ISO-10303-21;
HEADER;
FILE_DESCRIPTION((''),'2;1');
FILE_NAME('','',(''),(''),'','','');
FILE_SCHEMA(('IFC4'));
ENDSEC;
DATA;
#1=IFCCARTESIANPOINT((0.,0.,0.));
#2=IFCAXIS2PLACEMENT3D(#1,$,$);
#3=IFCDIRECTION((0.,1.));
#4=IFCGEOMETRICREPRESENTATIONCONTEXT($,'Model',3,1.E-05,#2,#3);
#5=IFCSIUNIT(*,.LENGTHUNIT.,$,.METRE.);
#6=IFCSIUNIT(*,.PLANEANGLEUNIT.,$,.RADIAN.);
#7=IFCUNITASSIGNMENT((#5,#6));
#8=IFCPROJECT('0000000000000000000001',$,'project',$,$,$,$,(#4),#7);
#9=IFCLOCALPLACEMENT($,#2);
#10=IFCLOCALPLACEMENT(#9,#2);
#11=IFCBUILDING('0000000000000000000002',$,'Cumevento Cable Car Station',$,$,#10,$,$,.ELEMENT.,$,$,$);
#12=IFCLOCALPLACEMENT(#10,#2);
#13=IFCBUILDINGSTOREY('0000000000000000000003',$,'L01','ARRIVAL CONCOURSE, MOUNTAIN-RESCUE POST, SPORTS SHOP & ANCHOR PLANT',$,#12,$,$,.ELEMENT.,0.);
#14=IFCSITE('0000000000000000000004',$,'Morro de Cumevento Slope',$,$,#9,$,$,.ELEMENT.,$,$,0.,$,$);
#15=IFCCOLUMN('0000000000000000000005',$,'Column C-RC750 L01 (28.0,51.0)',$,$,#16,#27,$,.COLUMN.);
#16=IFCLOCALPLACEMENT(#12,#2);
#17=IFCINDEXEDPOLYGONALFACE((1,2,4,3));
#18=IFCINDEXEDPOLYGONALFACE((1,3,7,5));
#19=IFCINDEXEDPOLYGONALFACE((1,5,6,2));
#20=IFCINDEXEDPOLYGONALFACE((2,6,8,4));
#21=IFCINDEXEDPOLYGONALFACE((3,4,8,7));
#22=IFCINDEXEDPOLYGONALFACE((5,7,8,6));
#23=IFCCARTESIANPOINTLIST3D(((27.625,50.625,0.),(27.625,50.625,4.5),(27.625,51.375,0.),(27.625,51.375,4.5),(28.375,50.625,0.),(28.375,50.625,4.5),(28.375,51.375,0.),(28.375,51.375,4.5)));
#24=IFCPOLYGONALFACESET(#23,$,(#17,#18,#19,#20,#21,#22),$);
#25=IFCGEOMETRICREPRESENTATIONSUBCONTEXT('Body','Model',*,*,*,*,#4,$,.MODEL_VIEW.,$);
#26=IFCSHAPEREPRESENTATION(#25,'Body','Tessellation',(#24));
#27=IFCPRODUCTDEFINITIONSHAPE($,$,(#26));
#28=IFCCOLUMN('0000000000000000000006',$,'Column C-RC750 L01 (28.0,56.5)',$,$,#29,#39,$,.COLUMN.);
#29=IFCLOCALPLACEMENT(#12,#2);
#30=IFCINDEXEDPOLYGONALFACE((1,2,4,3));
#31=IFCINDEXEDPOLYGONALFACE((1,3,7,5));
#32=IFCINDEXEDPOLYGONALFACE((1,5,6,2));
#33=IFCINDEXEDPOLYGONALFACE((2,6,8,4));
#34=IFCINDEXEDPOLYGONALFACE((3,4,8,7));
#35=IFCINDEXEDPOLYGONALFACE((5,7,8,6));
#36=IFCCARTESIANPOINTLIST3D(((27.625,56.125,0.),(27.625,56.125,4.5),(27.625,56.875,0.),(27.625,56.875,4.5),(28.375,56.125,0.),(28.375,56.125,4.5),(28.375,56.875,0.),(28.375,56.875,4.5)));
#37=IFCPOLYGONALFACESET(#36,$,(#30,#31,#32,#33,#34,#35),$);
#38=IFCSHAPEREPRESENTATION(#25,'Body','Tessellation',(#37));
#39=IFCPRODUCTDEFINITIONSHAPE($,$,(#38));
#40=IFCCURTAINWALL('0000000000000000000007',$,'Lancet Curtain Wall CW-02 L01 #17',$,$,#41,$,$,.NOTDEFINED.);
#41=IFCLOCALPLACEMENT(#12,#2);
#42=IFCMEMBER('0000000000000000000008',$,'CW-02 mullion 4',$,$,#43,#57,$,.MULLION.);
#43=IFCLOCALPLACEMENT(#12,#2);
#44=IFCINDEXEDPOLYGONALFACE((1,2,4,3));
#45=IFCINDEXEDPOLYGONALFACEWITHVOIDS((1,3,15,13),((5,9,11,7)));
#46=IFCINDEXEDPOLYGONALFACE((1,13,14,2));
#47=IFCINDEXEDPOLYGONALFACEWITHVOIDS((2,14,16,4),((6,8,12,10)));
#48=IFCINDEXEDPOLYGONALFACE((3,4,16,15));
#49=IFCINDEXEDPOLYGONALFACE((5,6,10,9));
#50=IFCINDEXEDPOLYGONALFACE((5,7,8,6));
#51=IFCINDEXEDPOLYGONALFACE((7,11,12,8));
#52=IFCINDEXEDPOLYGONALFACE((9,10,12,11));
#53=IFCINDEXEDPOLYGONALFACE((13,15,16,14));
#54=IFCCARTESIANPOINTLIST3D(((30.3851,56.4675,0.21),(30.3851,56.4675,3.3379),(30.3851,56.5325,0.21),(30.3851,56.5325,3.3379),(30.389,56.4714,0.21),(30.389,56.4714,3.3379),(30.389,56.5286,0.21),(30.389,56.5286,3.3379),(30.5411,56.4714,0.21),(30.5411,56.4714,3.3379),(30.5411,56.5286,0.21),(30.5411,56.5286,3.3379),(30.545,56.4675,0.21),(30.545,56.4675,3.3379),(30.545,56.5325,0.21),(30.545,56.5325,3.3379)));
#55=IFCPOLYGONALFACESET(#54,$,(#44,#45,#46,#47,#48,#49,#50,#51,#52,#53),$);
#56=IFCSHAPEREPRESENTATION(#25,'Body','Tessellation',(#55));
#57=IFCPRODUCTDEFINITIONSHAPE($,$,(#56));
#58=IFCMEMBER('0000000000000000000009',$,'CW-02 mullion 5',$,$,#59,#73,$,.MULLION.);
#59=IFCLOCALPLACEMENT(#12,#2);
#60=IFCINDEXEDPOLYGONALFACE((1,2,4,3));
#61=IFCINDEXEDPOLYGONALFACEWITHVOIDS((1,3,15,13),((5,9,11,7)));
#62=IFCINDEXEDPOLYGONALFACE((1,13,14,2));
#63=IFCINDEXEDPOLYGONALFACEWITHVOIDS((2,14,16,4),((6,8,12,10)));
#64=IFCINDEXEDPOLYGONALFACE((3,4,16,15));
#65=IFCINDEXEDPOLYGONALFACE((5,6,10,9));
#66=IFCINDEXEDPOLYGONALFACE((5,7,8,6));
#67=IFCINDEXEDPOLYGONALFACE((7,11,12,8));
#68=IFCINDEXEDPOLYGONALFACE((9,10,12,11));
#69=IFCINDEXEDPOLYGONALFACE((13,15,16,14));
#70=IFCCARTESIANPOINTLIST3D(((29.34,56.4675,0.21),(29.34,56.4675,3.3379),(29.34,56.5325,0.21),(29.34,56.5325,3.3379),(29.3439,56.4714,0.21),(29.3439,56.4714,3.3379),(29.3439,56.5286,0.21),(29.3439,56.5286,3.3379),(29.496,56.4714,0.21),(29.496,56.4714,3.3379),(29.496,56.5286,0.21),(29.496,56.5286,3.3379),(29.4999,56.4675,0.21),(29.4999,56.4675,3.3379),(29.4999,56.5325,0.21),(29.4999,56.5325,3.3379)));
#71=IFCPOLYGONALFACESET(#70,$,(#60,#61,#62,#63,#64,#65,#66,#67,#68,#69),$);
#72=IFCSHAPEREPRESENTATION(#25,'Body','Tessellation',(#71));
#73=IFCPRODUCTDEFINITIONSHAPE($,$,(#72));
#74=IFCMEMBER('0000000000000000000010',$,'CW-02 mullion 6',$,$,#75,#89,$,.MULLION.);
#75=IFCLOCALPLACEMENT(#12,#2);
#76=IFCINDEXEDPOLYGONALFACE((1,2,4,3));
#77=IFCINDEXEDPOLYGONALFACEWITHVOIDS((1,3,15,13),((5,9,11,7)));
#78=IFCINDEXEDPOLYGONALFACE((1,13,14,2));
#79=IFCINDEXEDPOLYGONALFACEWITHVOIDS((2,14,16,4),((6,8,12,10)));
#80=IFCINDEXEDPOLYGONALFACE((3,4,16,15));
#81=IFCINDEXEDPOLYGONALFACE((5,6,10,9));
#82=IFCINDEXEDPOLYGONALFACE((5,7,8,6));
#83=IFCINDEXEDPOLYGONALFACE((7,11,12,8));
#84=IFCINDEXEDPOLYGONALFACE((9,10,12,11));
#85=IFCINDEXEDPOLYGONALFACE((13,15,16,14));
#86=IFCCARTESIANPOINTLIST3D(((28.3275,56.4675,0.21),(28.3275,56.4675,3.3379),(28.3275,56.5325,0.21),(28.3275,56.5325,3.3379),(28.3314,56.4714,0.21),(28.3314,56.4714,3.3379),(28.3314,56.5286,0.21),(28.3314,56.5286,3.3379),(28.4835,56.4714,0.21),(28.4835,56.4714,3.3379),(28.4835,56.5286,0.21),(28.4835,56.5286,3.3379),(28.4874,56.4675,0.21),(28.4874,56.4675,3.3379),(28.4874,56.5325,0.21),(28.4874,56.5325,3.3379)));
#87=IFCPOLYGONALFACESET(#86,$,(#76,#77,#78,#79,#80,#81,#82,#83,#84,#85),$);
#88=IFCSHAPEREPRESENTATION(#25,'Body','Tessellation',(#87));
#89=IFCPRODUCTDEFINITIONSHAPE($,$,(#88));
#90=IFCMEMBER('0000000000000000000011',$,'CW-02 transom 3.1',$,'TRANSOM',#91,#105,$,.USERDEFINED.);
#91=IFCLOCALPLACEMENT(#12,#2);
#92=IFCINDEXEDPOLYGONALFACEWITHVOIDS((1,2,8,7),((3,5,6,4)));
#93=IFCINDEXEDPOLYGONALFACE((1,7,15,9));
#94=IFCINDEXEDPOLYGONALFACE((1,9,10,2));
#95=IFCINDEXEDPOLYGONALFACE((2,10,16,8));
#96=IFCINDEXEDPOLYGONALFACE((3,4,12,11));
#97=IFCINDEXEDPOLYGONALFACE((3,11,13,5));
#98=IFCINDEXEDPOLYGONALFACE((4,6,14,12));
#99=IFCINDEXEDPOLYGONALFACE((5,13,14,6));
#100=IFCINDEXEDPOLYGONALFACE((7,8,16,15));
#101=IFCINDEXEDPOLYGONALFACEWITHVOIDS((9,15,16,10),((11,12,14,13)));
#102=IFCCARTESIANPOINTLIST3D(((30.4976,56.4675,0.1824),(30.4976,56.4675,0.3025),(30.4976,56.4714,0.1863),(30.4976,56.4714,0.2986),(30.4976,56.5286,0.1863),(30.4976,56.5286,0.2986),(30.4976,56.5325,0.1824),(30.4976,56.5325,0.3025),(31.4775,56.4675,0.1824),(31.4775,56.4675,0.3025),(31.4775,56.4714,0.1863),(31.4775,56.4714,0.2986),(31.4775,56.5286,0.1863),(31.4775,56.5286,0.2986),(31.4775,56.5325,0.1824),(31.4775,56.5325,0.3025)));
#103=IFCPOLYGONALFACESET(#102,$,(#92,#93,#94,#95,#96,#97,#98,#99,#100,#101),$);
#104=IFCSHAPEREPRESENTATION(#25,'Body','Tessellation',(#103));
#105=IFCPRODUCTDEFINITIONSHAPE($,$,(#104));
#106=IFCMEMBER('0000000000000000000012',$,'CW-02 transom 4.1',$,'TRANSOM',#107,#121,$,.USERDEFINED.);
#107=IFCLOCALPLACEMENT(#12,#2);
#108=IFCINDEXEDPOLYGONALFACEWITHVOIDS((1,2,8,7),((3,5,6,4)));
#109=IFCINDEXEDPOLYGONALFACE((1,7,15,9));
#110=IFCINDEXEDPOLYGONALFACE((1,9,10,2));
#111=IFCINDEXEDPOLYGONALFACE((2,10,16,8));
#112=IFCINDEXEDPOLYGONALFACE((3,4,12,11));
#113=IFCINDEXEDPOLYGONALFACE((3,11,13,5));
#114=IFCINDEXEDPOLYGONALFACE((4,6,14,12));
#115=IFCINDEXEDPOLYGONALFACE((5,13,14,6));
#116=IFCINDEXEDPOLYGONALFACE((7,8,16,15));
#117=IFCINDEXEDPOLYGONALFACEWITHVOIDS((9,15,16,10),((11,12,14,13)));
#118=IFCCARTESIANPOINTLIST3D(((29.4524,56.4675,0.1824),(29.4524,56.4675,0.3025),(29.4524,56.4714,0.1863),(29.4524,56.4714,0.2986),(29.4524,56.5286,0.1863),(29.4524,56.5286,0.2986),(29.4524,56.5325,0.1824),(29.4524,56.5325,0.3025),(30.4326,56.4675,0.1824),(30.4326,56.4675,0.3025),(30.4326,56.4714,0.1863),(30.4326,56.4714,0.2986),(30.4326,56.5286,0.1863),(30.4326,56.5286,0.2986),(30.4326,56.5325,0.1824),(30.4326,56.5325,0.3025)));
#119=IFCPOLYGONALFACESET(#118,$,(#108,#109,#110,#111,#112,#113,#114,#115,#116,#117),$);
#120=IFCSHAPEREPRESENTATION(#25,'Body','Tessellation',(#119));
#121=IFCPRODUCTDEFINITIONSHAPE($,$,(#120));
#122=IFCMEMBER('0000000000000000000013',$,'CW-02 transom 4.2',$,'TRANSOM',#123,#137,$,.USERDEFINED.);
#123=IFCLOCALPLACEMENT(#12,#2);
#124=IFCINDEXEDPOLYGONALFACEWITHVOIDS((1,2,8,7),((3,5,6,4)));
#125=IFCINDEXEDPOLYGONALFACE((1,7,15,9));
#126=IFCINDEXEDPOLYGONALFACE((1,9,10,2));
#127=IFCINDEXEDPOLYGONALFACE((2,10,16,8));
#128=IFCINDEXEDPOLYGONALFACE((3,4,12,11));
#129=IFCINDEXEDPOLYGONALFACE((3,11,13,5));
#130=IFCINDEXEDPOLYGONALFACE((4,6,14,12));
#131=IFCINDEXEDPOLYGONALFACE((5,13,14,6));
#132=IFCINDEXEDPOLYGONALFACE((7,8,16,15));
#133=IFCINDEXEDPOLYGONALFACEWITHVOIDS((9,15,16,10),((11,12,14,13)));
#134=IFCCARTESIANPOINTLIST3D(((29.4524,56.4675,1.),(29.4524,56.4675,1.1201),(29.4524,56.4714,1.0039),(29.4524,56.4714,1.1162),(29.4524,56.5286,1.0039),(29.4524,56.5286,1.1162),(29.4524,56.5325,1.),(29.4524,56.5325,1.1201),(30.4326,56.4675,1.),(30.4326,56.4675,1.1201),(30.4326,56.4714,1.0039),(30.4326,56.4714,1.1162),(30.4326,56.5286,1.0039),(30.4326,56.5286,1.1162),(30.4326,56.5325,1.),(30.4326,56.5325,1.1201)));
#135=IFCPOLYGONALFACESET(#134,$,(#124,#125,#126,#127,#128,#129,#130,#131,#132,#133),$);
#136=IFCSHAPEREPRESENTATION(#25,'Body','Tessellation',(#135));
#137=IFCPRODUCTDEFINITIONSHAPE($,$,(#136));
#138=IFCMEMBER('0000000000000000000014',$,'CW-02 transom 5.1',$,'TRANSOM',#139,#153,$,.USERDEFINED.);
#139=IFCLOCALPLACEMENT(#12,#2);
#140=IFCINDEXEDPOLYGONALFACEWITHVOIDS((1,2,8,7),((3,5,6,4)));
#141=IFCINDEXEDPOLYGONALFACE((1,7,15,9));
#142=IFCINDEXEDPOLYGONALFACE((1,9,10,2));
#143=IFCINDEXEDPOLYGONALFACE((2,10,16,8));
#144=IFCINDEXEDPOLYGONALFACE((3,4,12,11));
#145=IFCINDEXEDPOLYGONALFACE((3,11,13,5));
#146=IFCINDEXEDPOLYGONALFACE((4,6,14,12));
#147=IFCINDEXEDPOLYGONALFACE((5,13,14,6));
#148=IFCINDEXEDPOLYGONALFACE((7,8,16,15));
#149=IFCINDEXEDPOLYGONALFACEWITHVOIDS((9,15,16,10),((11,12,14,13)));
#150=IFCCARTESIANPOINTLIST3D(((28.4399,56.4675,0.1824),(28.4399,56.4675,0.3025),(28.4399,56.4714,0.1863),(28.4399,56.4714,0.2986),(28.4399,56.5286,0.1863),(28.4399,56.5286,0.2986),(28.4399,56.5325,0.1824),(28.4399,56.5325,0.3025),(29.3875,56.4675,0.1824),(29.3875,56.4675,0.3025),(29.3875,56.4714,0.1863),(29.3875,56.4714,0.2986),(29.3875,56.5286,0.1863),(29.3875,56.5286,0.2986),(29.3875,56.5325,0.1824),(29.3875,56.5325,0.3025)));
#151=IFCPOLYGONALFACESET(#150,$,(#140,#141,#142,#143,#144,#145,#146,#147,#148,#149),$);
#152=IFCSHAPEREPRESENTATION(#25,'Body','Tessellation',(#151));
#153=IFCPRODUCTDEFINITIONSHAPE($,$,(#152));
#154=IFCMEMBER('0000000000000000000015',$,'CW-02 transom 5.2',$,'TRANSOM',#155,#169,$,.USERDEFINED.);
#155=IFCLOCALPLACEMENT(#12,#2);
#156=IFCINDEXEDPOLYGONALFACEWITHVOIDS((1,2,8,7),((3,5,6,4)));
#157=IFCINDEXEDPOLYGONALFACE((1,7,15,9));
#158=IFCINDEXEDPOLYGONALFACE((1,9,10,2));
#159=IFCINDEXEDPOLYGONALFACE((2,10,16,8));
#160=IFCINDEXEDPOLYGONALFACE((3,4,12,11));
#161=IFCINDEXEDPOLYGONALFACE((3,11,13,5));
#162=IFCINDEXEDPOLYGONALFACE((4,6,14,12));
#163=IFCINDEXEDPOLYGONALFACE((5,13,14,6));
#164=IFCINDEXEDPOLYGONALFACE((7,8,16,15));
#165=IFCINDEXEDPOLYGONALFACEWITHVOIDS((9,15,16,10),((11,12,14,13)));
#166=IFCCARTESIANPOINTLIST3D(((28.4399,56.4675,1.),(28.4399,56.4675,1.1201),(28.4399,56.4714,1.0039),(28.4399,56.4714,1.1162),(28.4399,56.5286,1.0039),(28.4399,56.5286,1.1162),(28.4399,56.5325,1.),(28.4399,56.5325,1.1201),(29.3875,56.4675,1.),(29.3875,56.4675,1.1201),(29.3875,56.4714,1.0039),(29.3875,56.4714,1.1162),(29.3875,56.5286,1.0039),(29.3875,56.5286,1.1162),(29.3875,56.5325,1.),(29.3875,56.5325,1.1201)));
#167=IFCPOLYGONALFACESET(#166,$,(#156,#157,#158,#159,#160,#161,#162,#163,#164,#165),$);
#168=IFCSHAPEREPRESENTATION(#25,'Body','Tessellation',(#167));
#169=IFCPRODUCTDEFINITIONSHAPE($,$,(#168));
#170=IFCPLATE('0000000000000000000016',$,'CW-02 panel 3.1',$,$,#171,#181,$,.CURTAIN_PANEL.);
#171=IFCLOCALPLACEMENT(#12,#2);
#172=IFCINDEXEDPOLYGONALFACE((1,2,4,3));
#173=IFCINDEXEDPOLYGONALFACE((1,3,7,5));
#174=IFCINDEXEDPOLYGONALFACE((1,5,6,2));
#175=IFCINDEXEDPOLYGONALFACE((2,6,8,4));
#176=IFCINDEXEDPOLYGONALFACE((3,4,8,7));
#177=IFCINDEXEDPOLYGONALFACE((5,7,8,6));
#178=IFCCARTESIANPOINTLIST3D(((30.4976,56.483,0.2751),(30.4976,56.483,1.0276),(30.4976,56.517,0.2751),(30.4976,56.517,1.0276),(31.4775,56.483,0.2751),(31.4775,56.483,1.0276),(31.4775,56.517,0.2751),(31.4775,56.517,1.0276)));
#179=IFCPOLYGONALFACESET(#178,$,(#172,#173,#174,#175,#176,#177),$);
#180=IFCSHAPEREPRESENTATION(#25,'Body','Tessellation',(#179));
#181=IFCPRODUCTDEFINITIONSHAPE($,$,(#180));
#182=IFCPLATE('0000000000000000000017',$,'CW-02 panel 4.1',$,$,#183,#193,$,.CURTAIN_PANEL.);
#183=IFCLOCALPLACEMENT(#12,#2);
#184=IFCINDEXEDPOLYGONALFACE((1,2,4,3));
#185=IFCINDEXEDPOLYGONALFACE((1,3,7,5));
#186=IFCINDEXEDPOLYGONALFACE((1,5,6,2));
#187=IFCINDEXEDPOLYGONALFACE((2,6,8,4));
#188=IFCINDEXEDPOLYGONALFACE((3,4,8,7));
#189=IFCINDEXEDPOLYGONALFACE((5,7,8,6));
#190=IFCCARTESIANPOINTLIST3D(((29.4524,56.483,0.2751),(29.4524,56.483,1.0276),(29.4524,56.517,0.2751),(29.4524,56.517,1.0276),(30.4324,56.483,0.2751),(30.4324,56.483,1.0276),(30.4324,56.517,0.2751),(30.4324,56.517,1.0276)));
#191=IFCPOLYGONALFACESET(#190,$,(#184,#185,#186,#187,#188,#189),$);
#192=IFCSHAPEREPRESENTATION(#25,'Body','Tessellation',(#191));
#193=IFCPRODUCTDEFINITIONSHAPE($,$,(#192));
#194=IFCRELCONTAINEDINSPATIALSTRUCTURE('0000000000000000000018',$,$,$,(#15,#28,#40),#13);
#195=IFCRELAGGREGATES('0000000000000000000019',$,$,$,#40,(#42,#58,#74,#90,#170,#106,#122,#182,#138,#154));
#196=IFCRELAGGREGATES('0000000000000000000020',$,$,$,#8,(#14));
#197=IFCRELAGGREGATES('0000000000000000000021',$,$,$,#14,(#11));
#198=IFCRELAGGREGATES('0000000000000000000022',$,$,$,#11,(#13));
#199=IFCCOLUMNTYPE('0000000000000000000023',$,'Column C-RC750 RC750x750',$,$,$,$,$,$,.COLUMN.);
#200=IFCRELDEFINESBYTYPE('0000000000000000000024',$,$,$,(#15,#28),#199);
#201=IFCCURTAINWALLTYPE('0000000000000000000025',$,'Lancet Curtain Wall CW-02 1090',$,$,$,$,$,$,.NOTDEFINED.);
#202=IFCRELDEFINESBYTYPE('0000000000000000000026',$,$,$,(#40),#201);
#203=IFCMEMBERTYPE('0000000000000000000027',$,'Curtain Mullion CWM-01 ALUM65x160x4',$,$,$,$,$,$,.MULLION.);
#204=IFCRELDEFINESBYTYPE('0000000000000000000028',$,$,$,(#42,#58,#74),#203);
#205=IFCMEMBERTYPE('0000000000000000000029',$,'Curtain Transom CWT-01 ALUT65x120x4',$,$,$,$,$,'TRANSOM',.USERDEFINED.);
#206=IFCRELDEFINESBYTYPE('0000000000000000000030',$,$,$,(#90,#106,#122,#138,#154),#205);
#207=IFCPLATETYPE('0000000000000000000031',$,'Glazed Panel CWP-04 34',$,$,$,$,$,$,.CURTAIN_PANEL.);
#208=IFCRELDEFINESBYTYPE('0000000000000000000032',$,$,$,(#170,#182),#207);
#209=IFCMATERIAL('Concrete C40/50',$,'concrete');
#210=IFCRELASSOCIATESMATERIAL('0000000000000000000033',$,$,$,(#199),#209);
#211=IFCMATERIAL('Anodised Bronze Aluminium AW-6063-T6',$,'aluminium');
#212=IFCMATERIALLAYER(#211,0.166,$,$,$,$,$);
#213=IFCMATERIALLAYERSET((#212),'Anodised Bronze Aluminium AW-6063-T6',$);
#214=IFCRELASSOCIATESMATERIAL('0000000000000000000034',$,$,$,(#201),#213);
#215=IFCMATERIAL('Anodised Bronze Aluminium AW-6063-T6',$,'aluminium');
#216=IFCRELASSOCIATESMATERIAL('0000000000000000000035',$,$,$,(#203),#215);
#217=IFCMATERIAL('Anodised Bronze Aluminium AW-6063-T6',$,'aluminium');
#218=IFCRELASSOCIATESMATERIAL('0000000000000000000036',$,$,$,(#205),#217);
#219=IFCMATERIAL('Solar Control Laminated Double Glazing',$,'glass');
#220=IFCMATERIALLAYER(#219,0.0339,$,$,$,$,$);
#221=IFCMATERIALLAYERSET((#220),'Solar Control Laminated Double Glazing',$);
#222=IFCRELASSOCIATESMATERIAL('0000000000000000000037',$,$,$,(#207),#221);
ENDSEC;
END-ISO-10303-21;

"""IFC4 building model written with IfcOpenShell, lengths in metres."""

from ifc_helpers import new_model, si_unit, direction, frame, origin, origin_2d, place, context, subcontext, project, spatial, rectangle, hollow_rectangle, extrude, material, layer, layer_set, material_profile, profile_set, type_object, element, aggregate, save


model = new_model("IFC4")

# Units and contexts
model_context = context("Model", 3, precision=1e-05, world=origin(), true_north=direction((0.0, 1.0)))
body_context = subcontext(model_context, "Body", "Model", "MODEL_VIEW")
ifc_project = project(units=[si_unit("LENGTHUNIT", "METRE"), si_unit("PLANEANGLEUNIT", "RADIAN")], contexts=[model_context])

# Site, building, storey
site_placement = place(None, origin())
site = spatial("IfcSite", under=ifc_project, at=site_placement, Name="Morro de Cumevento Slope", CompositionType="ELEMENT", RefElevation=0.0)
building_placement = place(site_placement, origin())
building = spatial("IfcBuilding", under=site, at=building_placement, Name="Cumevento Cable Car Station", CompositionType="ELEMENT")
storey_placement = place(building_placement, origin())
storey = spatial("IfcBuildingStorey", under=building, at=storey_placement, Name="L01", Description="ARRIVAL CONCOURSE, MOUNTAIN-RESCUE POST, SPORTS SHOP & ANCHOR PLANT", CompositionType="ELEMENT", Elevation=0.0)

# Columns
ifc_material_1 = material(Name="Concrete C40/50", Category="concrete")
ifc_material_profile_1 = material_profile(ifc_material_1, rectangle(XDim=0.75, YDim=0.75, at=origin_2d()), Name="RC750x750")
ifc_profile_set_1 = profile_set([ifc_material_profile_1], Name="Concrete C40/50")
column_type = type_object("IfcColumnType", Name="Column C-RC750 RC750x750", PredefinedType="COLUMN", material=ifc_profile_set_1)
for number, where, z_axis, x_axis, name in (
    (1, (28.0, 51.0, 0.0), (0.0, 0.0, 1.0), (1.0, 0.0, 0.0), "Column C-RC750 L01 (28.0,51.0)"),
    (2, (28.0, 56.5, 0.0), (0.0, 0.0, 1.0), (1.0, 0.0, 0.0), "Column C-RC750 L01 (28.0,56.5)"),
):
    element("IfcColumn", number, at=place(storey_placement, frame(where, z_axis=z_axis, x_axis=x_axis)), inside=storey, type_object=column_type, Name=name, PredefinedType="COLUMN", context=body_context, shape_type="SweptSolid", body=[
        extrude(rectangle(XDim=0.75, YDim=0.75, at=origin_2d()), origin(), (0.0, 0.0, 1.0), 4.5),
    ])

# Curtain wall, members, plates
ifc_material_2 = material(Name="Anodised Bronze Aluminium AW-6063-T6", Category="aluminium")
ifc_layer_1 = layer(ifc_material_2, 0.166)
ifc_layer_set_1 = layer_set([ifc_layer_1], Name="Anodised Bronze Aluminium AW-6063-T6")
curtain_wall_type = type_object("IfcCurtainWallType", Name="Lancet Curtain Wall CW-02 1090", PredefinedType="NOTDEFINED", material=ifc_layer_set_1)
curtain_wall_placement = place(storey_placement, origin())
curtain_wall = element("IfcCurtainWall", 3, at=curtain_wall_placement, inside=storey, type_object=curtain_wall_type, Name="Lancet Curtain Wall CW-02 L01 #17", PredefinedType="NOTDEFINED")
ifc_material_3 = material(Name="Anodised Bronze Aluminium AW-6063-T6", Category="aluminium")
ifc_material_profile_2 = material_profile(ifc_material_3, hollow_rectangle(XDim=0.0649, YDim=0.1599, WallThickness=0.0039, at=origin_2d()), Name="ALUM65x160x4")
ifc_profile_set_2 = profile_set([ifc_material_profile_2], Name="Anodised Bronze Aluminium AW-6063-T6")
member_type_1 = type_object("IfcMemberType", Name="Curtain Mullion CWM-01 ALUM65x160x4", PredefinedType="MULLION", material=ifc_profile_set_2)
member_1_placement = place(storey_placement, frame((30.4651, 56.5, 0.21), z_axis=(0.0, 0.0, 1.0), x_axis=(0.0, -1.0, 0.0)))
member_1 = element("IfcMember", 4, at=member_1_placement, type_object=member_type_1, Name="CW-02 mullion 4", PredefinedType="MULLION", context=body_context, shape_type="SweptSolid", body=[
    extrude(hollow_rectangle(XDim=0.0649, YDim=0.1599, WallThickness=0.0039, at=origin_2d()), origin(), (0.0, 0.0, 1.0), 3.1279),
])
member_2_placement = place(storey_placement, frame((29.4199, 56.5, 0.21), z_axis=(0.0, 0.0, 1.0), x_axis=(0.0, -1.0, 0.0)))
member_2 = element("IfcMember", 5, at=member_2_placement, type_object=member_type_1, Name="CW-02 mullion 5", PredefinedType="MULLION", context=body_context, shape_type="SweptSolid", body=[
    extrude(hollow_rectangle(XDim=0.0649, YDim=0.1599, WallThickness=0.0039, at=origin_2d()), origin(), (0.0, 0.0, 1.0), 3.1279),
])
member_3_placement = place(storey_placement, frame((28.4075, 56.5, 0.21), z_axis=(0.0, 0.0, 1.0), x_axis=(0.0, -1.0, 0.0)))
member_3 = element("IfcMember", 6, at=member_3_placement, type_object=member_type_1, Name="CW-02 mullion 6", PredefinedType="MULLION", context=body_context, shape_type="SweptSolid", body=[
    extrude(hollow_rectangle(XDim=0.0649, YDim=0.1599, WallThickness=0.0039, at=origin_2d()), origin(), (0.0, 0.0, 1.0), 3.1279),
])
ifc_material_4 = material(Name="Anodised Bronze Aluminium AW-6063-T6", Category="aluminium")
ifc_material_profile_3 = material_profile(ifc_material_4, hollow_rectangle(XDim=0.0649, YDim=0.1201, WallThickness=0.0039, at=origin_2d()), Name="ALUT65x120x4")
ifc_profile_set_3 = profile_set([ifc_material_profile_3], Name="Anodised Bronze Aluminium AW-6063-T6")
member_type_2 = type_object("IfcMemberType", Name="Curtain Transom CWT-01 ALUT65x120x4", ElementType="TRANSOM", PredefinedType="USERDEFINED", material=ifc_profile_set_3)
member_4_placement = place(storey_placement, frame((31.4775, 56.5, 0.2424), z_axis=(-1.0, 0.0, 0.0), x_axis=(0.0, -1.0, 0.0)))
member_4 = element("IfcMember", 7, at=member_4_placement, type_object=member_type_2, Name="CW-02 transom 3.1", ObjectType="TRANSOM", PredefinedType="USERDEFINED", context=body_context, shape_type="SweptSolid", body=[
    extrude(hollow_rectangle(XDim=0.0649, YDim=0.1201, WallThickness=0.0039, at=origin_2d()), origin(), (0.0, 0.0, 1.0), 0.98),
])
member_5_placement = place(storey_placement, frame((30.4326, 56.5, 0.2424), z_axis=(-1.0, 0.0, 0.0), x_axis=(0.0, -1.0, 0.0)))
member_5 = element("IfcMember", 8, at=member_5_placement, type_object=member_type_2, Name="CW-02 transom 4.1", ObjectType="TRANSOM", PredefinedType="USERDEFINED", context=body_context, shape_type="SweptSolid", body=[
    extrude(hollow_rectangle(XDim=0.0649, YDim=0.1201, WallThickness=0.0039, at=origin_2d()), origin(), (0.0, 0.0, 1.0), 0.9802),
])
member_6_placement = place(storey_placement, frame((30.4326, 56.5, 1.0601), z_axis=(-1.0, 0.0, 0.0), x_axis=(0.0, -1.0, 0.0)))
member_6 = element("IfcMember", 9, at=member_6_placement, type_object=member_type_2, Name="CW-02 transom 4.2", ObjectType="TRANSOM", PredefinedType="USERDEFINED", context=body_context, shape_type="SweptSolid", body=[
    extrude(hollow_rectangle(XDim=0.0649, YDim=0.1201, WallThickness=0.0039, at=origin_2d()), origin(), (0.0, 0.0, 1.0), 0.9802),
])
member_7_placement = place(storey_placement, frame((29.3875, 56.5, 0.2424), z_axis=(-1.0, 0.0, 0.0), x_axis=(0.0, -1.0, 0.0)))
member_7 = element("IfcMember", 10, at=member_7_placement, type_object=member_type_2, Name="CW-02 transom 5.1", ObjectType="TRANSOM", PredefinedType="USERDEFINED", context=body_context, shape_type="SweptSolid", body=[
    extrude(hollow_rectangle(XDim=0.0649, YDim=0.1201, WallThickness=0.0039, at=origin_2d()), origin(), (0.0, 0.0, 1.0), 0.9475),
])
member_8_placement = place(storey_placement, frame((29.3875, 56.5, 1.0601), z_axis=(-1.0, 0.0, 0.0), x_axis=(0.0, -1.0, 0.0)))
member_8 = element("IfcMember", 11, at=member_8_placement, type_object=member_type_2, Name="CW-02 transom 5.2", ObjectType="TRANSOM", PredefinedType="USERDEFINED", context=body_context, shape_type="SweptSolid", body=[
    extrude(hollow_rectangle(XDim=0.0649, YDim=0.1201, WallThickness=0.0039, at=origin_2d()), origin(), (0.0, 0.0, 1.0), 0.9475),
])
ifc_material_5 = material(Name="Solar Control Laminated Double Glazing", Category="glass")
ifc_layer_2 = layer(ifc_material_5, 0.0339)
ifc_layer_set_2 = layer_set([ifc_layer_2], Name="Solar Control Laminated Double Glazing")
plate_type = type_object("IfcPlateType", Name="Glazed Panel CWP-04 34", PredefinedType="CURTAIN_PANEL", material=ifc_layer_set_2)
plate_1_placement = place(storey_placement, frame((30.9875, 56.5, 0.2751), z_axis=(0.0, 0.0, 1.0), x_axis=(-1.0, 0.0, 0.0)))
plate_1 = element("IfcPlate", 12, at=plate_1_placement, type_object=plate_type, Name="CW-02 panel 3.1", PredefinedType="CURTAIN_PANEL", context=body_context, shape_type="SweptSolid", body=[
    extrude(rectangle(XDim=0.98, YDim=0.0339, at=origin_2d()), origin(), (0.0, 0.0, 1.0), 0.7524),
])
plate_2_placement = place(storey_placement, frame((29.9424, 56.5, 0.2751), z_axis=(0.0, 0.0, 1.0), x_axis=(-1.0, 0.0, 0.0)))
plate_2 = element("IfcPlate", 13, at=plate_2_placement, type_object=plate_type, Name="CW-02 panel 4.1", PredefinedType="CURTAIN_PANEL", context=body_context, shape_type="SweptSolid", body=[
    extrude(rectangle(XDim=0.98, YDim=0.0339, at=origin_2d()), origin(), (0.0, 0.0, 1.0), 0.7524),
])
aggregate(curtain_wall, [member_1, member_2, member_3, member_4, plate_1, member_5, member_6, plate_2, member_7, member_8])

save(model, "model.ifc")
